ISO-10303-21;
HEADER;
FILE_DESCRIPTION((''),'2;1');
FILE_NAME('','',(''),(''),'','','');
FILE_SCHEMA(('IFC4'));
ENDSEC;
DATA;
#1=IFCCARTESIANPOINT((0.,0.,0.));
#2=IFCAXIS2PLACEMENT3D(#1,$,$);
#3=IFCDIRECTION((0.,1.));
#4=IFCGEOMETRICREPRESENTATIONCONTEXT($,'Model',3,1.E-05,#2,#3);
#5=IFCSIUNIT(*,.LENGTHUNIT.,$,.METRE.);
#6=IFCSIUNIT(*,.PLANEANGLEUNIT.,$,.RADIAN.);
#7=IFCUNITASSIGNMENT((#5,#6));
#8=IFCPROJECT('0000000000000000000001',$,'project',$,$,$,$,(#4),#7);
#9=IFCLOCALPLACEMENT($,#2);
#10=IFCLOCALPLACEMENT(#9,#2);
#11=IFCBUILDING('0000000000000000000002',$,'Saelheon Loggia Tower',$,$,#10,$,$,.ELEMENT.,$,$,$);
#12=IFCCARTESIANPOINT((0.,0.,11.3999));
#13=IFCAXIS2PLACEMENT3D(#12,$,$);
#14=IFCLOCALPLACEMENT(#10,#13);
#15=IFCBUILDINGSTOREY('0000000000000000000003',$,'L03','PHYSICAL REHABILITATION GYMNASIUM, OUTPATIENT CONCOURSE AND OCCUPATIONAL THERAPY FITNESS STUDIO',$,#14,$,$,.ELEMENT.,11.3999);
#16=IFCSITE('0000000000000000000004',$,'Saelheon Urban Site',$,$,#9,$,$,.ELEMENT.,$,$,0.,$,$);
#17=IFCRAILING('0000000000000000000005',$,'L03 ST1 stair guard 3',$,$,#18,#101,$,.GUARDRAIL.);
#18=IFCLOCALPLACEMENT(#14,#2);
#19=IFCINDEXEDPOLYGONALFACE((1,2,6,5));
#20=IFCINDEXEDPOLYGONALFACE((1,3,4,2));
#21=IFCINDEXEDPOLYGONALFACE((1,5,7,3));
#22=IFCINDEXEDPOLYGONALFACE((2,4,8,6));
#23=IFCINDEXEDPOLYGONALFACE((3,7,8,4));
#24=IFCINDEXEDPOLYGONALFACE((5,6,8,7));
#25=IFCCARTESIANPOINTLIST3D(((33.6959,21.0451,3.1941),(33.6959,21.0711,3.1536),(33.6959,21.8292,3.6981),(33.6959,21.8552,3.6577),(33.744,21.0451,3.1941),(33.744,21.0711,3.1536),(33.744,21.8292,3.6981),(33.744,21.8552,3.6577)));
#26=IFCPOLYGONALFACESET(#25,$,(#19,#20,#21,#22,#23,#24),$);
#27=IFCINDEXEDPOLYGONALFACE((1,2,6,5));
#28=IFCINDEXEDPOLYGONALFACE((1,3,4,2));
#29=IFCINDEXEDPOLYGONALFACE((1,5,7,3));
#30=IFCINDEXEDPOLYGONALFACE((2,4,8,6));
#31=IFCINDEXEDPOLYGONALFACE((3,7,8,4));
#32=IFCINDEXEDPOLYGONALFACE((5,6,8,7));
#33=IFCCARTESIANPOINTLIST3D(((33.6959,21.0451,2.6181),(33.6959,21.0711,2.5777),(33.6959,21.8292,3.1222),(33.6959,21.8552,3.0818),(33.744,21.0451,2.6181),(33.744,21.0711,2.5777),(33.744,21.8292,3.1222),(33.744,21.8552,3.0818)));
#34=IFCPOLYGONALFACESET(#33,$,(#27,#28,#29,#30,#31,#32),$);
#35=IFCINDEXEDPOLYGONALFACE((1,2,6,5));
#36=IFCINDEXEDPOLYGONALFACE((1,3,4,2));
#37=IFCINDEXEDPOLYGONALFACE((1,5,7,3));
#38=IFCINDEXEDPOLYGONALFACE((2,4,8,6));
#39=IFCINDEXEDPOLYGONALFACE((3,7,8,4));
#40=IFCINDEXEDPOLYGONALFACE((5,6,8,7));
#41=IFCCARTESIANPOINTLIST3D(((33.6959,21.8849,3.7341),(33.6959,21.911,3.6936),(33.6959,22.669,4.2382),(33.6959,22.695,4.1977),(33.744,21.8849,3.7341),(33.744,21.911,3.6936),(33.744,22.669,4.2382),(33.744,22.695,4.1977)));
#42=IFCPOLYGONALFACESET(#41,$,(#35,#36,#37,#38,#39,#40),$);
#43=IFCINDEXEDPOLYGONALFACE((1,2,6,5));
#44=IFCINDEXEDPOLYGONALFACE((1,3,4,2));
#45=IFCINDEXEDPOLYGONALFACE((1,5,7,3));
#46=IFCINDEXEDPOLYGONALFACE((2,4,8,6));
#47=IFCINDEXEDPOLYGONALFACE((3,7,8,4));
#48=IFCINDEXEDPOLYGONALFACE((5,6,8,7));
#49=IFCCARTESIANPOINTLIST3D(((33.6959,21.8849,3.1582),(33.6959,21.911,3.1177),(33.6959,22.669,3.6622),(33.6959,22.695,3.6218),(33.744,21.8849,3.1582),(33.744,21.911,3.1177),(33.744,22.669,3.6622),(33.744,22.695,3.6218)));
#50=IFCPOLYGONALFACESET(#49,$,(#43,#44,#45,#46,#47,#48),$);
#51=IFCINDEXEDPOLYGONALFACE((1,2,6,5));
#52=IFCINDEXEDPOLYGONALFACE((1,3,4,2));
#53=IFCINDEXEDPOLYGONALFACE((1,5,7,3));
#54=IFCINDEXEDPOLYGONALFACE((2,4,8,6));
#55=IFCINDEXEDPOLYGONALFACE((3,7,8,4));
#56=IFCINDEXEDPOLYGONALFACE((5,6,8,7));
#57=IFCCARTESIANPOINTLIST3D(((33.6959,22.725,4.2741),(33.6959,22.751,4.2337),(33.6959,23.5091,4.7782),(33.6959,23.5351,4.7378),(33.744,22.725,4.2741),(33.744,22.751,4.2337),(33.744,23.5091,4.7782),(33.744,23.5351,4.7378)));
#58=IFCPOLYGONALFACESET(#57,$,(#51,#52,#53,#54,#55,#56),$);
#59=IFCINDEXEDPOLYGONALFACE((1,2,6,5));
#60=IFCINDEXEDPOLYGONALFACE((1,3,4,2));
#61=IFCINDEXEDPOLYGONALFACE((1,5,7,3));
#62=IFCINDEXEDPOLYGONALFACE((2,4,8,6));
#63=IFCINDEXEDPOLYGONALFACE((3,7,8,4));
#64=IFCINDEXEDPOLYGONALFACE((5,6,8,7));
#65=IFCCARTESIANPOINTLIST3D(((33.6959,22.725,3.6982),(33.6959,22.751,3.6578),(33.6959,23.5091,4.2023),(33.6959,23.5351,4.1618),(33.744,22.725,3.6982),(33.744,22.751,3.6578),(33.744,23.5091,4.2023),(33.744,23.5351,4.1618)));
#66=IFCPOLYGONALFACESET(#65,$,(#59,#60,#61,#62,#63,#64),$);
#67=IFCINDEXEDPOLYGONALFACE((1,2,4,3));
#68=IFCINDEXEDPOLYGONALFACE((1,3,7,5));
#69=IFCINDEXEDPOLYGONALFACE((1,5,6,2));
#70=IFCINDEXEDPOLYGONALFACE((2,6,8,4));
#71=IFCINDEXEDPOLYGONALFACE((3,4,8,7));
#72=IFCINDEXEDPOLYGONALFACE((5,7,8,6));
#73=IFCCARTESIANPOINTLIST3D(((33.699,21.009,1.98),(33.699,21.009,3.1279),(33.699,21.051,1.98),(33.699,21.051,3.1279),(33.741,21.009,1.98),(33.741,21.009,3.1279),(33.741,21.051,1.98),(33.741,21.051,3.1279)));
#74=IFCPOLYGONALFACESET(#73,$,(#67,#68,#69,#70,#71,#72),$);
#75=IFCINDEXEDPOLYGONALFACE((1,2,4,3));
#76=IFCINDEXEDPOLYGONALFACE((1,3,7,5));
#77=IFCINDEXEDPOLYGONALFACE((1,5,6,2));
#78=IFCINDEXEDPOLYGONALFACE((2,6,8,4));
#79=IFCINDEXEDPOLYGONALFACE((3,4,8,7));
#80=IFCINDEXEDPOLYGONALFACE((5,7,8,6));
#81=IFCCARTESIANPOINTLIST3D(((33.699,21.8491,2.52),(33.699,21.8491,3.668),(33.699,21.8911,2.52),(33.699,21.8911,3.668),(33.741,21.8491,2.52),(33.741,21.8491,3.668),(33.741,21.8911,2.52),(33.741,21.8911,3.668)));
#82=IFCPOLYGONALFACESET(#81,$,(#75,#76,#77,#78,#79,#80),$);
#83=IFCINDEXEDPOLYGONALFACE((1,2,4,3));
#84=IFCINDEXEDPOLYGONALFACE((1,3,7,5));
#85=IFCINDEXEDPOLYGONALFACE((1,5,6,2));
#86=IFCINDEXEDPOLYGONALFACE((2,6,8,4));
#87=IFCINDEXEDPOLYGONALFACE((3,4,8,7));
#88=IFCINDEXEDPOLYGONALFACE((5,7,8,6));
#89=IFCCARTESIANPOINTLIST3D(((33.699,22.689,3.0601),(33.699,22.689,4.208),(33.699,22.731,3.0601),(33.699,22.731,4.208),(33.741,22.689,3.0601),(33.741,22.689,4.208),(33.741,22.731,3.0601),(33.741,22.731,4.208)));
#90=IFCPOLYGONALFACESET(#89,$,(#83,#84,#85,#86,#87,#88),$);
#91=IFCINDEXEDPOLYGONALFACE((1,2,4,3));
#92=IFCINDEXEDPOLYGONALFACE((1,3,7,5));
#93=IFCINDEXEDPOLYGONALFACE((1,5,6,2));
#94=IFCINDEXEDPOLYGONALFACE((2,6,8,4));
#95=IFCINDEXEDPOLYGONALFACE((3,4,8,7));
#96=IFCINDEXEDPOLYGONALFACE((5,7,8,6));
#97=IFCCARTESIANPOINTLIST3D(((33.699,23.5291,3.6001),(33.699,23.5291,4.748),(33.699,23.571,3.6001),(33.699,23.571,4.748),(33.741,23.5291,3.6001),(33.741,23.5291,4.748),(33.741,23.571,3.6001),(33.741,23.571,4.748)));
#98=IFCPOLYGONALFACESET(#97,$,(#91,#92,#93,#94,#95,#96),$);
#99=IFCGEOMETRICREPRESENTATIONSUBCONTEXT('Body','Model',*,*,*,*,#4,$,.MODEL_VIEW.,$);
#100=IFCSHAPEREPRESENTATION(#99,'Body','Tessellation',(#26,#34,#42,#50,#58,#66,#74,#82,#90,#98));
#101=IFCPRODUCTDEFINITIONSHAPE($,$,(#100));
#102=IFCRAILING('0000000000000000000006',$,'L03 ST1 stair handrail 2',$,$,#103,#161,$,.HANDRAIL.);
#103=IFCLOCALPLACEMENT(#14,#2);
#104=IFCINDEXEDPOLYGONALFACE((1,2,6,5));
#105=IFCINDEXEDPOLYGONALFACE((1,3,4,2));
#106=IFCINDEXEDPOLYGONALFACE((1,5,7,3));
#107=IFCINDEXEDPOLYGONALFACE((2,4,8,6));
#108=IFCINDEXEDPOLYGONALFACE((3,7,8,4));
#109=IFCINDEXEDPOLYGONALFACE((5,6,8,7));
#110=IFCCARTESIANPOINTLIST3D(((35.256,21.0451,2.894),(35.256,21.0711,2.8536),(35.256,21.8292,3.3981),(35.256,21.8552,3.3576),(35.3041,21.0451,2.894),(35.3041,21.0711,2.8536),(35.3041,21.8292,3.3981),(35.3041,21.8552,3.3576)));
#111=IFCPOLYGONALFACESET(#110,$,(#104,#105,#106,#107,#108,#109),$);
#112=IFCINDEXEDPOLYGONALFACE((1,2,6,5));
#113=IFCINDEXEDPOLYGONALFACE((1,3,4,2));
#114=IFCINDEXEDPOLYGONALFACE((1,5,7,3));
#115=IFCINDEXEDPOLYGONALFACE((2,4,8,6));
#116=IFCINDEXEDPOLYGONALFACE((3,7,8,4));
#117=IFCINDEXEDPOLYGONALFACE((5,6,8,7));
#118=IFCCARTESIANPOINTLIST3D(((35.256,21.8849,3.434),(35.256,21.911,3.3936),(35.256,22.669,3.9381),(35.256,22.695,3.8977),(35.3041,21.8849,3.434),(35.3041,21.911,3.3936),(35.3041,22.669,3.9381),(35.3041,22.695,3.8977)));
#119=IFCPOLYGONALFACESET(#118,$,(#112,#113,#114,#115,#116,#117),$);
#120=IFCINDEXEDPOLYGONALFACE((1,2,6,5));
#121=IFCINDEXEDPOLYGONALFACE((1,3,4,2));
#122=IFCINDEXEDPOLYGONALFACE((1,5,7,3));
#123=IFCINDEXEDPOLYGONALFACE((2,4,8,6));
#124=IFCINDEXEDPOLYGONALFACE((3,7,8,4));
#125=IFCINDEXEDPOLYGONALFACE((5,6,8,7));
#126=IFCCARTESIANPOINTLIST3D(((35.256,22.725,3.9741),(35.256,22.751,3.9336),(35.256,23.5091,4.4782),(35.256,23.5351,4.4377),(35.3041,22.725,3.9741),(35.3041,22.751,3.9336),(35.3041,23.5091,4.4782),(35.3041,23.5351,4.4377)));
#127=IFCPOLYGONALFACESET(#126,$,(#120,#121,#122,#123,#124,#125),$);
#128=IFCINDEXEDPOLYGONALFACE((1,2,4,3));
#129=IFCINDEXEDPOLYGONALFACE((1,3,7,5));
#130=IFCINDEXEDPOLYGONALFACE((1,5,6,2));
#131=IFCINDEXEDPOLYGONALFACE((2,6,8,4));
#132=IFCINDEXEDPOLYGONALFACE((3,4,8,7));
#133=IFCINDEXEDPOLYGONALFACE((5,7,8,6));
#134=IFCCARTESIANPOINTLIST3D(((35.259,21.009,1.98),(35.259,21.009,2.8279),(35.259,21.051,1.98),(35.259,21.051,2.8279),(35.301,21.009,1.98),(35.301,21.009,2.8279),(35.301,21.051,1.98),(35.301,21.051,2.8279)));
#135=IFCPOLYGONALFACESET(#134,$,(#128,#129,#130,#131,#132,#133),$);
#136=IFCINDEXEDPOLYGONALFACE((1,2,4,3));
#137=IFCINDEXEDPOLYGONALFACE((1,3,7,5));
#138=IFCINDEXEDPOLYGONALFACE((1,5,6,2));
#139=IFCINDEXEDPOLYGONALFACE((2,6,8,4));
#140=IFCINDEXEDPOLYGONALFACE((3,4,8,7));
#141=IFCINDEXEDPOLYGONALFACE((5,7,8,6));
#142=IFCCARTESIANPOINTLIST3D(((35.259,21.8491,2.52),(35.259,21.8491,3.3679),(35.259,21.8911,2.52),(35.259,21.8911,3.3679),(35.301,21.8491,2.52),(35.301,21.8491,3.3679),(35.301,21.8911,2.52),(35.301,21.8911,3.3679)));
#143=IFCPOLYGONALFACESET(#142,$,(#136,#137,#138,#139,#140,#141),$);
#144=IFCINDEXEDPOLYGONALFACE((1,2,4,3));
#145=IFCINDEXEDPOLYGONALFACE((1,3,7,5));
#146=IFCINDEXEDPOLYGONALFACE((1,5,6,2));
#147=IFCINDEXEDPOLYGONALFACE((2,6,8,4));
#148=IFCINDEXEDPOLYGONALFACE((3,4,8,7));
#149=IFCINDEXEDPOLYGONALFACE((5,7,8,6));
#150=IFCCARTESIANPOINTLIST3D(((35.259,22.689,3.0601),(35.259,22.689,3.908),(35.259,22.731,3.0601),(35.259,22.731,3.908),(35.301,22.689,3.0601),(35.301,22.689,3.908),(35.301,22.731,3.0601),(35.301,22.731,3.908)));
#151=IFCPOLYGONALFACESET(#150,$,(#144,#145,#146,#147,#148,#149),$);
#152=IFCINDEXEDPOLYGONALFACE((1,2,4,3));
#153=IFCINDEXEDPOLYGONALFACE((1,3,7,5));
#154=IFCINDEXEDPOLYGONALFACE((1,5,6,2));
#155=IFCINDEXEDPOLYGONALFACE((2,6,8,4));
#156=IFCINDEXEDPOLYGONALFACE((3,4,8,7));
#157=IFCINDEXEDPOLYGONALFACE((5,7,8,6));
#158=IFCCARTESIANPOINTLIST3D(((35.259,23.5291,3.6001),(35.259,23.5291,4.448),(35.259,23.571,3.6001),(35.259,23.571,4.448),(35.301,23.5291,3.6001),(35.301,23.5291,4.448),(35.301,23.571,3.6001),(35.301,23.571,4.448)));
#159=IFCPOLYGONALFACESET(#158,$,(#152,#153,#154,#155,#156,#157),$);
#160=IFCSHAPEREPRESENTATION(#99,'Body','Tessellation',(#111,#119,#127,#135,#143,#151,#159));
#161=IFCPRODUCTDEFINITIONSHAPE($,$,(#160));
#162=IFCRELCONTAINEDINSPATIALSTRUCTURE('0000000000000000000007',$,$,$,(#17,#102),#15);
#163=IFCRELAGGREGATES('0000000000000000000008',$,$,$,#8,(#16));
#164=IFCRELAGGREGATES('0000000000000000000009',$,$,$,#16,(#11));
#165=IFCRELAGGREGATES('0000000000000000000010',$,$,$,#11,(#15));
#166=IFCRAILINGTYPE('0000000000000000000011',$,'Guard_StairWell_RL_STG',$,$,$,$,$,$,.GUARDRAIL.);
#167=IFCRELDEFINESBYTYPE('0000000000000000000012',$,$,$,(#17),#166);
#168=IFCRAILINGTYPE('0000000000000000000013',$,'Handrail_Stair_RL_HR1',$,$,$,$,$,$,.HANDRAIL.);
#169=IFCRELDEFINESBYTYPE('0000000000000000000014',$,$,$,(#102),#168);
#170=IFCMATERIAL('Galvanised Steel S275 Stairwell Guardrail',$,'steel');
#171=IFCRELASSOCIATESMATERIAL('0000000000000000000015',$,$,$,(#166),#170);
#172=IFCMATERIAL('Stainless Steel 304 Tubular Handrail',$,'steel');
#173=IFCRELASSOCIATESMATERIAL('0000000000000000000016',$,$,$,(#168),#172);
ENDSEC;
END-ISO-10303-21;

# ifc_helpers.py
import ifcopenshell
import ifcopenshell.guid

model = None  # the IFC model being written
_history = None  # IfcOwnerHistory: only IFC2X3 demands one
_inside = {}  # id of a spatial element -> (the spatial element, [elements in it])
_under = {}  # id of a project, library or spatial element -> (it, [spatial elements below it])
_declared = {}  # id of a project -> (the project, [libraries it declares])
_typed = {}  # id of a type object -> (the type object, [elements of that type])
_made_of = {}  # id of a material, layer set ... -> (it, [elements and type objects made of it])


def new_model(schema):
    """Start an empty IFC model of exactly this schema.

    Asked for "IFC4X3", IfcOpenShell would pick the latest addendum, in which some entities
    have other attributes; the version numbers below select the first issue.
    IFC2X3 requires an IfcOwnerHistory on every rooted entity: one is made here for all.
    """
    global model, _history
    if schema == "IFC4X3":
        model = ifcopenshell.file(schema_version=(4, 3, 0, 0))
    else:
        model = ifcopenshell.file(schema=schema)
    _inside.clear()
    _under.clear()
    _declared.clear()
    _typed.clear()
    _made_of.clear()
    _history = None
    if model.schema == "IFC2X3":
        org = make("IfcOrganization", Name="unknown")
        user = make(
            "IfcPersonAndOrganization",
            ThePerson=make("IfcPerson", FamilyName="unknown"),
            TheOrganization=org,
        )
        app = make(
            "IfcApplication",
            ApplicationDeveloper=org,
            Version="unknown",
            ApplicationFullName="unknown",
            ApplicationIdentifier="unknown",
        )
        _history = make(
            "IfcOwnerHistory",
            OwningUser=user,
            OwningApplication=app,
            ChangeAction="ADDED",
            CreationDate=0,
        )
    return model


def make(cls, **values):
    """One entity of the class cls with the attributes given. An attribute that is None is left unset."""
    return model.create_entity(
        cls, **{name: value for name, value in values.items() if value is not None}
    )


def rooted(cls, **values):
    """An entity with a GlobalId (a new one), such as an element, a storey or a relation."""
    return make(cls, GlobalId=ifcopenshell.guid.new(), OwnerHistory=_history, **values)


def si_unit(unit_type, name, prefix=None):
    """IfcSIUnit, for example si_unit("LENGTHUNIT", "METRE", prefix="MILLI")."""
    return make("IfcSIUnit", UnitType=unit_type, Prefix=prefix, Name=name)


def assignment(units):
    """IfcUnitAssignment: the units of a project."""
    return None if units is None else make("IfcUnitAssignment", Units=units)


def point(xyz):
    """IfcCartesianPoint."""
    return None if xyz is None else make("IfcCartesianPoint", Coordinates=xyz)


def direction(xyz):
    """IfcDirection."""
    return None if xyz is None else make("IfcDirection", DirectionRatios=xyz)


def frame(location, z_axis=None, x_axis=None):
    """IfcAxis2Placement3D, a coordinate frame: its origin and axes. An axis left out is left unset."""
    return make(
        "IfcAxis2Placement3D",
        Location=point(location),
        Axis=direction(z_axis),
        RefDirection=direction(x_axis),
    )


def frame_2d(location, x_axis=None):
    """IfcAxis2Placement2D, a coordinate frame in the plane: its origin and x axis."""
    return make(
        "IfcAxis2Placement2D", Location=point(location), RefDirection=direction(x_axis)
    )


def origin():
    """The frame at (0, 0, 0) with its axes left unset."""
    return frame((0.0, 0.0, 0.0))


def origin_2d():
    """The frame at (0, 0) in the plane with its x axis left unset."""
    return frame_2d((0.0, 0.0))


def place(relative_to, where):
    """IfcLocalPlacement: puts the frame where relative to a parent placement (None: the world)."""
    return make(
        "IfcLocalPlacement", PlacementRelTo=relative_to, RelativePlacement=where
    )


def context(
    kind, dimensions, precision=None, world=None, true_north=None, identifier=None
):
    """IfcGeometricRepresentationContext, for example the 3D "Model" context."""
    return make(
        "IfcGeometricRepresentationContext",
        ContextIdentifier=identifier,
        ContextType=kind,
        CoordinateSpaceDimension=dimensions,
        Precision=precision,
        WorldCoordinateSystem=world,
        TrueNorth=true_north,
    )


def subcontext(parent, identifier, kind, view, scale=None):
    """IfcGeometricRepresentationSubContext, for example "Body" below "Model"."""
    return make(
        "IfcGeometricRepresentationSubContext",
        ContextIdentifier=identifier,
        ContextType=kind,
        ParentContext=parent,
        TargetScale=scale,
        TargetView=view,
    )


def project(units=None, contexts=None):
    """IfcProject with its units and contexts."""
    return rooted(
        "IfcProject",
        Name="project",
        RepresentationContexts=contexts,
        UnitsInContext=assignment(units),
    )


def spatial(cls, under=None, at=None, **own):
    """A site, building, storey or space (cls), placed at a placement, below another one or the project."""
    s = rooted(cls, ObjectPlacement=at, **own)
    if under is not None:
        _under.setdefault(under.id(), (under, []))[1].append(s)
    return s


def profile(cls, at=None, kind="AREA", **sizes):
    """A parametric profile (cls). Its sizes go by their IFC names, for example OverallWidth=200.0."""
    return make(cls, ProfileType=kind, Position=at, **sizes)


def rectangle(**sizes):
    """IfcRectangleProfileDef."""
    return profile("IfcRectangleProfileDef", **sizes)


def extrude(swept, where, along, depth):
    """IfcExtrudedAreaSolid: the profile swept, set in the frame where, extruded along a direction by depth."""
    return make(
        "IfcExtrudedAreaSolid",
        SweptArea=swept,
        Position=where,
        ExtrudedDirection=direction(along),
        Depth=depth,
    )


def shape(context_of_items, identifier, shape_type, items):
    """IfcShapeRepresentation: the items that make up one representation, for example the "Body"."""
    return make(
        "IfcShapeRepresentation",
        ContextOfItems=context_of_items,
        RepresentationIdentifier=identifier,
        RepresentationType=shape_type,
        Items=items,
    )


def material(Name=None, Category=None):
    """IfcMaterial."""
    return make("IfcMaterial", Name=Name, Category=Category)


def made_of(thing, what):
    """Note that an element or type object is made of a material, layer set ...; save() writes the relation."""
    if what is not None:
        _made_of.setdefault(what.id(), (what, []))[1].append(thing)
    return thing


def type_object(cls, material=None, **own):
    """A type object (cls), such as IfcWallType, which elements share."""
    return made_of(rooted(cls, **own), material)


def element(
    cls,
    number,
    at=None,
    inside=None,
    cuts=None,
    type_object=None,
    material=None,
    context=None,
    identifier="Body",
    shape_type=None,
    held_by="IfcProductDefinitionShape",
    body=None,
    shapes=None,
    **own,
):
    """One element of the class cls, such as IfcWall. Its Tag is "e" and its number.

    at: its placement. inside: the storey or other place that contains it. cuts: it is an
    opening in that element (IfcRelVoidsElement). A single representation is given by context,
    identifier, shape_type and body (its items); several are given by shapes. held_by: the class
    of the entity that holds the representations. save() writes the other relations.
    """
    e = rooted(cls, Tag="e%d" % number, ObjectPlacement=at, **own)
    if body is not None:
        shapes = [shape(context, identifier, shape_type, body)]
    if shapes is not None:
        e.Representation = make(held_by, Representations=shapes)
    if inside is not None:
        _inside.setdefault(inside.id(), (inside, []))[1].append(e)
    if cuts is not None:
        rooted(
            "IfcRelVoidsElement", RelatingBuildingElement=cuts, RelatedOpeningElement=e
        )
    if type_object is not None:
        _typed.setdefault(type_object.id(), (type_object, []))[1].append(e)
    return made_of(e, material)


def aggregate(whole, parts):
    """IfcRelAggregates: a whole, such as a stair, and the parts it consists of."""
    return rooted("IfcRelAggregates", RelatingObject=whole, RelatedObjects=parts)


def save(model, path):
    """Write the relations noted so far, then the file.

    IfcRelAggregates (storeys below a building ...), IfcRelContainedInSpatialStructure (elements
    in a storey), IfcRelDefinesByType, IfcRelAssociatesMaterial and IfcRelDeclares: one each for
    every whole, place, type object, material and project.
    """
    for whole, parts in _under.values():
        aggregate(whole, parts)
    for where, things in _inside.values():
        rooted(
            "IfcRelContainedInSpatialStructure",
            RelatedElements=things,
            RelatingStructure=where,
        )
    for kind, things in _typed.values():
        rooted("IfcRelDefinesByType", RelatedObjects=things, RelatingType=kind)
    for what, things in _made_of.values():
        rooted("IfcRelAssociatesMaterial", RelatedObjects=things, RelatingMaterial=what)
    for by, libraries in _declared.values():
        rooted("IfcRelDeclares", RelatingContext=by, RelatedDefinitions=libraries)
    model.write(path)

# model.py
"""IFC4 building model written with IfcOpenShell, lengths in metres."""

from ifc_helpers import new_model, si_unit, direction, frame, origin, origin_2d, place, context, subcontext, project, spatial, rectangle, extrude, material, type_object, element, save


model = new_model("IFC4")

# Units and contexts
model_context = context("Model", 3, precision=1e-05, world=origin(), true_north=direction((0.0, 1.0)))
body_context = subcontext(model_context, "Body", "Model", "MODEL_VIEW")
ifc_project = project(units=[si_unit("LENGTHUNIT", "METRE"), si_unit("PLANEANGLEUNIT", "RADIAN")], contexts=[model_context])

# Site, building, storey
site_placement = place(None, origin())
site = spatial("IfcSite", under=ifc_project, at=site_placement, Name="Saelheon Urban Site", CompositionType="ELEMENT", RefElevation=0.0)
building_placement = place(site_placement, origin())
building = spatial("IfcBuilding", under=site, at=building_placement, Name="Saelheon Loggia Tower", CompositionType="ELEMENT")
storey_placement = place(building_placement, frame((0.0, 0.0, 11.3999)))
storey = spatial("IfcBuildingStorey", under=building, at=storey_placement, Name="L03", Description="PHYSICAL REHABILITATION GYMNASIUM, OUTPATIENT CONCOURSE AND OCCUPATIONAL THERAPY FITNESS STUDIO", CompositionType="ELEMENT", Elevation=11.3999)

# Railings
ifc_material_1 = material(Name="Galvanised Steel S275 Stairwell Guardrail", Category="steel")
railing_type_1 = type_object("IfcRailingType", Name="Guard_StairWell_RL_STG", PredefinedType="GUARDRAIL", material=ifc_material_1)
railing_1_placement = place(storey_placement, frame((33.72, 21.03, 1.98)))
element("IfcRailing", 1, at=railing_1_placement, inside=storey, type_object=railing_type_1, Name="L03 ST1 stair guard 3", PredefinedType="GUARDRAIL", context=body_context, shape_type="SweptSolid", body=[
    extrude(rectangle(XDim=0.0481, YDim=0.0481, at=origin_2d()), frame((0.0, 0.0281, 1.1938), z_axis=(0.0, 0.841163, 0.540782), x_axis=(-1.0, 0.0, 0.0)), (0.0, 0.0, 1.0), 0.9321),
    extrude(rectangle(XDim=0.0481, YDim=0.0481, at=origin_2d()), frame((0.0, 0.0281, 0.6179), z_axis=(0.0, 0.841163, 0.540782), x_axis=(-1.0, 0.0, 0.0)), (0.0, 0.0, 1.0), 0.9321),
    extrude(rectangle(XDim=0.0481, YDim=0.0481, at=origin_2d()), frame((0.0, 0.8679, 1.7339), z_axis=(0.0, 0.841163, 0.540782), x_axis=(-1.0, 0.0, 0.0)), (0.0, 0.0, 1.0), 0.9321),
    extrude(rectangle(XDim=0.0481, YDim=0.0481, at=origin_2d()), frame((0.0, 0.8679, 1.158), z_axis=(0.0, 0.841163, 0.540782), x_axis=(-1.0, 0.0, 0.0)), (0.0, 0.0, 1.0), 0.9321),
    extrude(rectangle(XDim=0.0481, YDim=0.0481, at=origin_2d()), frame((0.0, 1.708, 2.2739), z_axis=(0.0, 0.841163, 0.540782), x_axis=(-1.0, 0.0, 0.0)), (0.0, 0.0, 1.0), 0.9321),
    extrude(rectangle(XDim=0.0481, YDim=0.0481, at=origin_2d()), frame((0.0, 1.708, 1.698), z_axis=(0.0, 0.841163, 0.540782), x_axis=(-1.0, 0.0, 0.0)), (0.0, 0.0, 1.0), 0.9321),
    extrude(rectangle(XDim=0.042, YDim=0.042, at=origin_2d()), origin(), (0.0, 0.0, 1.0), 1.1479),
    extrude(rectangle(XDim=0.042, YDim=0.042, at=origin_2d()), frame((0.0, 0.8401, 0.54)), (0.0, 0.0, 1.0), 1.1479),
    extrude(rectangle(XDim=0.042, YDim=0.042, at=origin_2d()), frame((0.0, 1.6799, 1.0801)), (0.0, 0.0, 1.0), 1.1479),
    extrude(rectangle(XDim=0.042, YDim=0.042, at=origin_2d()), frame((0.0, 2.52, 1.6201)), (0.0, 0.0, 1.0), 1.1479),
])
ifc_material_2 = material(Name="Stainless Steel 304 Tubular Handrail", Category="steel")
railing_type_2 = type_object("IfcRailingType", Name="Handrail_Stair_RL_HR1", PredefinedType="HANDRAIL", material=ifc_material_2)
railing_2_placement = place(storey_placement, frame((35.28, 21.03, 1.98)))
element("IfcRailing", 2, at=railing_2_placement, inside=storey, type_object=railing_type_2, Name="L03 ST1 stair handrail 2", PredefinedType="HANDRAIL", context=body_context, shape_type="SweptSolid", body=[
    extrude(rectangle(XDim=0.0481, YDim=0.0481, at=origin_2d()), frame((0.0, 0.0281, 0.8938), z_axis=(0.0, 0.841163, 0.540782), x_axis=(-1.0, 0.0, 0.0)), (0.0, 0.0, 1.0), 0.9321),
    extrude(rectangle(XDim=0.0481, YDim=0.0481, at=origin_2d()), frame((0.0, 0.8679, 1.4338), z_axis=(0.0, 0.841163, 0.540782), x_axis=(-1.0, 0.0, 0.0)), (0.0, 0.0, 1.0), 0.9321),
    extrude(rectangle(XDim=0.0481, YDim=0.0481, at=origin_2d()), frame((0.0, 1.708, 1.9739), z_axis=(0.0, 0.841163, 0.540782), x_axis=(-1.0, 0.0, 0.0)), (0.0, 0.0, 1.0), 0.9321),
    extrude(rectangle(XDim=0.042, YDim=0.042, at=origin_2d()), origin(), (0.0, 0.0, 1.0), 0.8479),
    extrude(rectangle(XDim=0.042, YDim=0.042, at=origin_2d()), frame((0.0, 0.8401, 0.54)), (0.0, 0.0, 1.0), 0.8479),
    extrude(rectangle(XDim=0.042, YDim=0.042, at=origin_2d()), frame((0.0, 1.6799, 1.0801)), (0.0, 0.0, 1.0), 0.8479),
    extrude(rectangle(XDim=0.042, YDim=0.042, at=origin_2d()), frame((0.0, 2.52, 1.6201)), (0.0, 0.0, 1.0), 0.8479),
])

save(model, "model.ifc")
